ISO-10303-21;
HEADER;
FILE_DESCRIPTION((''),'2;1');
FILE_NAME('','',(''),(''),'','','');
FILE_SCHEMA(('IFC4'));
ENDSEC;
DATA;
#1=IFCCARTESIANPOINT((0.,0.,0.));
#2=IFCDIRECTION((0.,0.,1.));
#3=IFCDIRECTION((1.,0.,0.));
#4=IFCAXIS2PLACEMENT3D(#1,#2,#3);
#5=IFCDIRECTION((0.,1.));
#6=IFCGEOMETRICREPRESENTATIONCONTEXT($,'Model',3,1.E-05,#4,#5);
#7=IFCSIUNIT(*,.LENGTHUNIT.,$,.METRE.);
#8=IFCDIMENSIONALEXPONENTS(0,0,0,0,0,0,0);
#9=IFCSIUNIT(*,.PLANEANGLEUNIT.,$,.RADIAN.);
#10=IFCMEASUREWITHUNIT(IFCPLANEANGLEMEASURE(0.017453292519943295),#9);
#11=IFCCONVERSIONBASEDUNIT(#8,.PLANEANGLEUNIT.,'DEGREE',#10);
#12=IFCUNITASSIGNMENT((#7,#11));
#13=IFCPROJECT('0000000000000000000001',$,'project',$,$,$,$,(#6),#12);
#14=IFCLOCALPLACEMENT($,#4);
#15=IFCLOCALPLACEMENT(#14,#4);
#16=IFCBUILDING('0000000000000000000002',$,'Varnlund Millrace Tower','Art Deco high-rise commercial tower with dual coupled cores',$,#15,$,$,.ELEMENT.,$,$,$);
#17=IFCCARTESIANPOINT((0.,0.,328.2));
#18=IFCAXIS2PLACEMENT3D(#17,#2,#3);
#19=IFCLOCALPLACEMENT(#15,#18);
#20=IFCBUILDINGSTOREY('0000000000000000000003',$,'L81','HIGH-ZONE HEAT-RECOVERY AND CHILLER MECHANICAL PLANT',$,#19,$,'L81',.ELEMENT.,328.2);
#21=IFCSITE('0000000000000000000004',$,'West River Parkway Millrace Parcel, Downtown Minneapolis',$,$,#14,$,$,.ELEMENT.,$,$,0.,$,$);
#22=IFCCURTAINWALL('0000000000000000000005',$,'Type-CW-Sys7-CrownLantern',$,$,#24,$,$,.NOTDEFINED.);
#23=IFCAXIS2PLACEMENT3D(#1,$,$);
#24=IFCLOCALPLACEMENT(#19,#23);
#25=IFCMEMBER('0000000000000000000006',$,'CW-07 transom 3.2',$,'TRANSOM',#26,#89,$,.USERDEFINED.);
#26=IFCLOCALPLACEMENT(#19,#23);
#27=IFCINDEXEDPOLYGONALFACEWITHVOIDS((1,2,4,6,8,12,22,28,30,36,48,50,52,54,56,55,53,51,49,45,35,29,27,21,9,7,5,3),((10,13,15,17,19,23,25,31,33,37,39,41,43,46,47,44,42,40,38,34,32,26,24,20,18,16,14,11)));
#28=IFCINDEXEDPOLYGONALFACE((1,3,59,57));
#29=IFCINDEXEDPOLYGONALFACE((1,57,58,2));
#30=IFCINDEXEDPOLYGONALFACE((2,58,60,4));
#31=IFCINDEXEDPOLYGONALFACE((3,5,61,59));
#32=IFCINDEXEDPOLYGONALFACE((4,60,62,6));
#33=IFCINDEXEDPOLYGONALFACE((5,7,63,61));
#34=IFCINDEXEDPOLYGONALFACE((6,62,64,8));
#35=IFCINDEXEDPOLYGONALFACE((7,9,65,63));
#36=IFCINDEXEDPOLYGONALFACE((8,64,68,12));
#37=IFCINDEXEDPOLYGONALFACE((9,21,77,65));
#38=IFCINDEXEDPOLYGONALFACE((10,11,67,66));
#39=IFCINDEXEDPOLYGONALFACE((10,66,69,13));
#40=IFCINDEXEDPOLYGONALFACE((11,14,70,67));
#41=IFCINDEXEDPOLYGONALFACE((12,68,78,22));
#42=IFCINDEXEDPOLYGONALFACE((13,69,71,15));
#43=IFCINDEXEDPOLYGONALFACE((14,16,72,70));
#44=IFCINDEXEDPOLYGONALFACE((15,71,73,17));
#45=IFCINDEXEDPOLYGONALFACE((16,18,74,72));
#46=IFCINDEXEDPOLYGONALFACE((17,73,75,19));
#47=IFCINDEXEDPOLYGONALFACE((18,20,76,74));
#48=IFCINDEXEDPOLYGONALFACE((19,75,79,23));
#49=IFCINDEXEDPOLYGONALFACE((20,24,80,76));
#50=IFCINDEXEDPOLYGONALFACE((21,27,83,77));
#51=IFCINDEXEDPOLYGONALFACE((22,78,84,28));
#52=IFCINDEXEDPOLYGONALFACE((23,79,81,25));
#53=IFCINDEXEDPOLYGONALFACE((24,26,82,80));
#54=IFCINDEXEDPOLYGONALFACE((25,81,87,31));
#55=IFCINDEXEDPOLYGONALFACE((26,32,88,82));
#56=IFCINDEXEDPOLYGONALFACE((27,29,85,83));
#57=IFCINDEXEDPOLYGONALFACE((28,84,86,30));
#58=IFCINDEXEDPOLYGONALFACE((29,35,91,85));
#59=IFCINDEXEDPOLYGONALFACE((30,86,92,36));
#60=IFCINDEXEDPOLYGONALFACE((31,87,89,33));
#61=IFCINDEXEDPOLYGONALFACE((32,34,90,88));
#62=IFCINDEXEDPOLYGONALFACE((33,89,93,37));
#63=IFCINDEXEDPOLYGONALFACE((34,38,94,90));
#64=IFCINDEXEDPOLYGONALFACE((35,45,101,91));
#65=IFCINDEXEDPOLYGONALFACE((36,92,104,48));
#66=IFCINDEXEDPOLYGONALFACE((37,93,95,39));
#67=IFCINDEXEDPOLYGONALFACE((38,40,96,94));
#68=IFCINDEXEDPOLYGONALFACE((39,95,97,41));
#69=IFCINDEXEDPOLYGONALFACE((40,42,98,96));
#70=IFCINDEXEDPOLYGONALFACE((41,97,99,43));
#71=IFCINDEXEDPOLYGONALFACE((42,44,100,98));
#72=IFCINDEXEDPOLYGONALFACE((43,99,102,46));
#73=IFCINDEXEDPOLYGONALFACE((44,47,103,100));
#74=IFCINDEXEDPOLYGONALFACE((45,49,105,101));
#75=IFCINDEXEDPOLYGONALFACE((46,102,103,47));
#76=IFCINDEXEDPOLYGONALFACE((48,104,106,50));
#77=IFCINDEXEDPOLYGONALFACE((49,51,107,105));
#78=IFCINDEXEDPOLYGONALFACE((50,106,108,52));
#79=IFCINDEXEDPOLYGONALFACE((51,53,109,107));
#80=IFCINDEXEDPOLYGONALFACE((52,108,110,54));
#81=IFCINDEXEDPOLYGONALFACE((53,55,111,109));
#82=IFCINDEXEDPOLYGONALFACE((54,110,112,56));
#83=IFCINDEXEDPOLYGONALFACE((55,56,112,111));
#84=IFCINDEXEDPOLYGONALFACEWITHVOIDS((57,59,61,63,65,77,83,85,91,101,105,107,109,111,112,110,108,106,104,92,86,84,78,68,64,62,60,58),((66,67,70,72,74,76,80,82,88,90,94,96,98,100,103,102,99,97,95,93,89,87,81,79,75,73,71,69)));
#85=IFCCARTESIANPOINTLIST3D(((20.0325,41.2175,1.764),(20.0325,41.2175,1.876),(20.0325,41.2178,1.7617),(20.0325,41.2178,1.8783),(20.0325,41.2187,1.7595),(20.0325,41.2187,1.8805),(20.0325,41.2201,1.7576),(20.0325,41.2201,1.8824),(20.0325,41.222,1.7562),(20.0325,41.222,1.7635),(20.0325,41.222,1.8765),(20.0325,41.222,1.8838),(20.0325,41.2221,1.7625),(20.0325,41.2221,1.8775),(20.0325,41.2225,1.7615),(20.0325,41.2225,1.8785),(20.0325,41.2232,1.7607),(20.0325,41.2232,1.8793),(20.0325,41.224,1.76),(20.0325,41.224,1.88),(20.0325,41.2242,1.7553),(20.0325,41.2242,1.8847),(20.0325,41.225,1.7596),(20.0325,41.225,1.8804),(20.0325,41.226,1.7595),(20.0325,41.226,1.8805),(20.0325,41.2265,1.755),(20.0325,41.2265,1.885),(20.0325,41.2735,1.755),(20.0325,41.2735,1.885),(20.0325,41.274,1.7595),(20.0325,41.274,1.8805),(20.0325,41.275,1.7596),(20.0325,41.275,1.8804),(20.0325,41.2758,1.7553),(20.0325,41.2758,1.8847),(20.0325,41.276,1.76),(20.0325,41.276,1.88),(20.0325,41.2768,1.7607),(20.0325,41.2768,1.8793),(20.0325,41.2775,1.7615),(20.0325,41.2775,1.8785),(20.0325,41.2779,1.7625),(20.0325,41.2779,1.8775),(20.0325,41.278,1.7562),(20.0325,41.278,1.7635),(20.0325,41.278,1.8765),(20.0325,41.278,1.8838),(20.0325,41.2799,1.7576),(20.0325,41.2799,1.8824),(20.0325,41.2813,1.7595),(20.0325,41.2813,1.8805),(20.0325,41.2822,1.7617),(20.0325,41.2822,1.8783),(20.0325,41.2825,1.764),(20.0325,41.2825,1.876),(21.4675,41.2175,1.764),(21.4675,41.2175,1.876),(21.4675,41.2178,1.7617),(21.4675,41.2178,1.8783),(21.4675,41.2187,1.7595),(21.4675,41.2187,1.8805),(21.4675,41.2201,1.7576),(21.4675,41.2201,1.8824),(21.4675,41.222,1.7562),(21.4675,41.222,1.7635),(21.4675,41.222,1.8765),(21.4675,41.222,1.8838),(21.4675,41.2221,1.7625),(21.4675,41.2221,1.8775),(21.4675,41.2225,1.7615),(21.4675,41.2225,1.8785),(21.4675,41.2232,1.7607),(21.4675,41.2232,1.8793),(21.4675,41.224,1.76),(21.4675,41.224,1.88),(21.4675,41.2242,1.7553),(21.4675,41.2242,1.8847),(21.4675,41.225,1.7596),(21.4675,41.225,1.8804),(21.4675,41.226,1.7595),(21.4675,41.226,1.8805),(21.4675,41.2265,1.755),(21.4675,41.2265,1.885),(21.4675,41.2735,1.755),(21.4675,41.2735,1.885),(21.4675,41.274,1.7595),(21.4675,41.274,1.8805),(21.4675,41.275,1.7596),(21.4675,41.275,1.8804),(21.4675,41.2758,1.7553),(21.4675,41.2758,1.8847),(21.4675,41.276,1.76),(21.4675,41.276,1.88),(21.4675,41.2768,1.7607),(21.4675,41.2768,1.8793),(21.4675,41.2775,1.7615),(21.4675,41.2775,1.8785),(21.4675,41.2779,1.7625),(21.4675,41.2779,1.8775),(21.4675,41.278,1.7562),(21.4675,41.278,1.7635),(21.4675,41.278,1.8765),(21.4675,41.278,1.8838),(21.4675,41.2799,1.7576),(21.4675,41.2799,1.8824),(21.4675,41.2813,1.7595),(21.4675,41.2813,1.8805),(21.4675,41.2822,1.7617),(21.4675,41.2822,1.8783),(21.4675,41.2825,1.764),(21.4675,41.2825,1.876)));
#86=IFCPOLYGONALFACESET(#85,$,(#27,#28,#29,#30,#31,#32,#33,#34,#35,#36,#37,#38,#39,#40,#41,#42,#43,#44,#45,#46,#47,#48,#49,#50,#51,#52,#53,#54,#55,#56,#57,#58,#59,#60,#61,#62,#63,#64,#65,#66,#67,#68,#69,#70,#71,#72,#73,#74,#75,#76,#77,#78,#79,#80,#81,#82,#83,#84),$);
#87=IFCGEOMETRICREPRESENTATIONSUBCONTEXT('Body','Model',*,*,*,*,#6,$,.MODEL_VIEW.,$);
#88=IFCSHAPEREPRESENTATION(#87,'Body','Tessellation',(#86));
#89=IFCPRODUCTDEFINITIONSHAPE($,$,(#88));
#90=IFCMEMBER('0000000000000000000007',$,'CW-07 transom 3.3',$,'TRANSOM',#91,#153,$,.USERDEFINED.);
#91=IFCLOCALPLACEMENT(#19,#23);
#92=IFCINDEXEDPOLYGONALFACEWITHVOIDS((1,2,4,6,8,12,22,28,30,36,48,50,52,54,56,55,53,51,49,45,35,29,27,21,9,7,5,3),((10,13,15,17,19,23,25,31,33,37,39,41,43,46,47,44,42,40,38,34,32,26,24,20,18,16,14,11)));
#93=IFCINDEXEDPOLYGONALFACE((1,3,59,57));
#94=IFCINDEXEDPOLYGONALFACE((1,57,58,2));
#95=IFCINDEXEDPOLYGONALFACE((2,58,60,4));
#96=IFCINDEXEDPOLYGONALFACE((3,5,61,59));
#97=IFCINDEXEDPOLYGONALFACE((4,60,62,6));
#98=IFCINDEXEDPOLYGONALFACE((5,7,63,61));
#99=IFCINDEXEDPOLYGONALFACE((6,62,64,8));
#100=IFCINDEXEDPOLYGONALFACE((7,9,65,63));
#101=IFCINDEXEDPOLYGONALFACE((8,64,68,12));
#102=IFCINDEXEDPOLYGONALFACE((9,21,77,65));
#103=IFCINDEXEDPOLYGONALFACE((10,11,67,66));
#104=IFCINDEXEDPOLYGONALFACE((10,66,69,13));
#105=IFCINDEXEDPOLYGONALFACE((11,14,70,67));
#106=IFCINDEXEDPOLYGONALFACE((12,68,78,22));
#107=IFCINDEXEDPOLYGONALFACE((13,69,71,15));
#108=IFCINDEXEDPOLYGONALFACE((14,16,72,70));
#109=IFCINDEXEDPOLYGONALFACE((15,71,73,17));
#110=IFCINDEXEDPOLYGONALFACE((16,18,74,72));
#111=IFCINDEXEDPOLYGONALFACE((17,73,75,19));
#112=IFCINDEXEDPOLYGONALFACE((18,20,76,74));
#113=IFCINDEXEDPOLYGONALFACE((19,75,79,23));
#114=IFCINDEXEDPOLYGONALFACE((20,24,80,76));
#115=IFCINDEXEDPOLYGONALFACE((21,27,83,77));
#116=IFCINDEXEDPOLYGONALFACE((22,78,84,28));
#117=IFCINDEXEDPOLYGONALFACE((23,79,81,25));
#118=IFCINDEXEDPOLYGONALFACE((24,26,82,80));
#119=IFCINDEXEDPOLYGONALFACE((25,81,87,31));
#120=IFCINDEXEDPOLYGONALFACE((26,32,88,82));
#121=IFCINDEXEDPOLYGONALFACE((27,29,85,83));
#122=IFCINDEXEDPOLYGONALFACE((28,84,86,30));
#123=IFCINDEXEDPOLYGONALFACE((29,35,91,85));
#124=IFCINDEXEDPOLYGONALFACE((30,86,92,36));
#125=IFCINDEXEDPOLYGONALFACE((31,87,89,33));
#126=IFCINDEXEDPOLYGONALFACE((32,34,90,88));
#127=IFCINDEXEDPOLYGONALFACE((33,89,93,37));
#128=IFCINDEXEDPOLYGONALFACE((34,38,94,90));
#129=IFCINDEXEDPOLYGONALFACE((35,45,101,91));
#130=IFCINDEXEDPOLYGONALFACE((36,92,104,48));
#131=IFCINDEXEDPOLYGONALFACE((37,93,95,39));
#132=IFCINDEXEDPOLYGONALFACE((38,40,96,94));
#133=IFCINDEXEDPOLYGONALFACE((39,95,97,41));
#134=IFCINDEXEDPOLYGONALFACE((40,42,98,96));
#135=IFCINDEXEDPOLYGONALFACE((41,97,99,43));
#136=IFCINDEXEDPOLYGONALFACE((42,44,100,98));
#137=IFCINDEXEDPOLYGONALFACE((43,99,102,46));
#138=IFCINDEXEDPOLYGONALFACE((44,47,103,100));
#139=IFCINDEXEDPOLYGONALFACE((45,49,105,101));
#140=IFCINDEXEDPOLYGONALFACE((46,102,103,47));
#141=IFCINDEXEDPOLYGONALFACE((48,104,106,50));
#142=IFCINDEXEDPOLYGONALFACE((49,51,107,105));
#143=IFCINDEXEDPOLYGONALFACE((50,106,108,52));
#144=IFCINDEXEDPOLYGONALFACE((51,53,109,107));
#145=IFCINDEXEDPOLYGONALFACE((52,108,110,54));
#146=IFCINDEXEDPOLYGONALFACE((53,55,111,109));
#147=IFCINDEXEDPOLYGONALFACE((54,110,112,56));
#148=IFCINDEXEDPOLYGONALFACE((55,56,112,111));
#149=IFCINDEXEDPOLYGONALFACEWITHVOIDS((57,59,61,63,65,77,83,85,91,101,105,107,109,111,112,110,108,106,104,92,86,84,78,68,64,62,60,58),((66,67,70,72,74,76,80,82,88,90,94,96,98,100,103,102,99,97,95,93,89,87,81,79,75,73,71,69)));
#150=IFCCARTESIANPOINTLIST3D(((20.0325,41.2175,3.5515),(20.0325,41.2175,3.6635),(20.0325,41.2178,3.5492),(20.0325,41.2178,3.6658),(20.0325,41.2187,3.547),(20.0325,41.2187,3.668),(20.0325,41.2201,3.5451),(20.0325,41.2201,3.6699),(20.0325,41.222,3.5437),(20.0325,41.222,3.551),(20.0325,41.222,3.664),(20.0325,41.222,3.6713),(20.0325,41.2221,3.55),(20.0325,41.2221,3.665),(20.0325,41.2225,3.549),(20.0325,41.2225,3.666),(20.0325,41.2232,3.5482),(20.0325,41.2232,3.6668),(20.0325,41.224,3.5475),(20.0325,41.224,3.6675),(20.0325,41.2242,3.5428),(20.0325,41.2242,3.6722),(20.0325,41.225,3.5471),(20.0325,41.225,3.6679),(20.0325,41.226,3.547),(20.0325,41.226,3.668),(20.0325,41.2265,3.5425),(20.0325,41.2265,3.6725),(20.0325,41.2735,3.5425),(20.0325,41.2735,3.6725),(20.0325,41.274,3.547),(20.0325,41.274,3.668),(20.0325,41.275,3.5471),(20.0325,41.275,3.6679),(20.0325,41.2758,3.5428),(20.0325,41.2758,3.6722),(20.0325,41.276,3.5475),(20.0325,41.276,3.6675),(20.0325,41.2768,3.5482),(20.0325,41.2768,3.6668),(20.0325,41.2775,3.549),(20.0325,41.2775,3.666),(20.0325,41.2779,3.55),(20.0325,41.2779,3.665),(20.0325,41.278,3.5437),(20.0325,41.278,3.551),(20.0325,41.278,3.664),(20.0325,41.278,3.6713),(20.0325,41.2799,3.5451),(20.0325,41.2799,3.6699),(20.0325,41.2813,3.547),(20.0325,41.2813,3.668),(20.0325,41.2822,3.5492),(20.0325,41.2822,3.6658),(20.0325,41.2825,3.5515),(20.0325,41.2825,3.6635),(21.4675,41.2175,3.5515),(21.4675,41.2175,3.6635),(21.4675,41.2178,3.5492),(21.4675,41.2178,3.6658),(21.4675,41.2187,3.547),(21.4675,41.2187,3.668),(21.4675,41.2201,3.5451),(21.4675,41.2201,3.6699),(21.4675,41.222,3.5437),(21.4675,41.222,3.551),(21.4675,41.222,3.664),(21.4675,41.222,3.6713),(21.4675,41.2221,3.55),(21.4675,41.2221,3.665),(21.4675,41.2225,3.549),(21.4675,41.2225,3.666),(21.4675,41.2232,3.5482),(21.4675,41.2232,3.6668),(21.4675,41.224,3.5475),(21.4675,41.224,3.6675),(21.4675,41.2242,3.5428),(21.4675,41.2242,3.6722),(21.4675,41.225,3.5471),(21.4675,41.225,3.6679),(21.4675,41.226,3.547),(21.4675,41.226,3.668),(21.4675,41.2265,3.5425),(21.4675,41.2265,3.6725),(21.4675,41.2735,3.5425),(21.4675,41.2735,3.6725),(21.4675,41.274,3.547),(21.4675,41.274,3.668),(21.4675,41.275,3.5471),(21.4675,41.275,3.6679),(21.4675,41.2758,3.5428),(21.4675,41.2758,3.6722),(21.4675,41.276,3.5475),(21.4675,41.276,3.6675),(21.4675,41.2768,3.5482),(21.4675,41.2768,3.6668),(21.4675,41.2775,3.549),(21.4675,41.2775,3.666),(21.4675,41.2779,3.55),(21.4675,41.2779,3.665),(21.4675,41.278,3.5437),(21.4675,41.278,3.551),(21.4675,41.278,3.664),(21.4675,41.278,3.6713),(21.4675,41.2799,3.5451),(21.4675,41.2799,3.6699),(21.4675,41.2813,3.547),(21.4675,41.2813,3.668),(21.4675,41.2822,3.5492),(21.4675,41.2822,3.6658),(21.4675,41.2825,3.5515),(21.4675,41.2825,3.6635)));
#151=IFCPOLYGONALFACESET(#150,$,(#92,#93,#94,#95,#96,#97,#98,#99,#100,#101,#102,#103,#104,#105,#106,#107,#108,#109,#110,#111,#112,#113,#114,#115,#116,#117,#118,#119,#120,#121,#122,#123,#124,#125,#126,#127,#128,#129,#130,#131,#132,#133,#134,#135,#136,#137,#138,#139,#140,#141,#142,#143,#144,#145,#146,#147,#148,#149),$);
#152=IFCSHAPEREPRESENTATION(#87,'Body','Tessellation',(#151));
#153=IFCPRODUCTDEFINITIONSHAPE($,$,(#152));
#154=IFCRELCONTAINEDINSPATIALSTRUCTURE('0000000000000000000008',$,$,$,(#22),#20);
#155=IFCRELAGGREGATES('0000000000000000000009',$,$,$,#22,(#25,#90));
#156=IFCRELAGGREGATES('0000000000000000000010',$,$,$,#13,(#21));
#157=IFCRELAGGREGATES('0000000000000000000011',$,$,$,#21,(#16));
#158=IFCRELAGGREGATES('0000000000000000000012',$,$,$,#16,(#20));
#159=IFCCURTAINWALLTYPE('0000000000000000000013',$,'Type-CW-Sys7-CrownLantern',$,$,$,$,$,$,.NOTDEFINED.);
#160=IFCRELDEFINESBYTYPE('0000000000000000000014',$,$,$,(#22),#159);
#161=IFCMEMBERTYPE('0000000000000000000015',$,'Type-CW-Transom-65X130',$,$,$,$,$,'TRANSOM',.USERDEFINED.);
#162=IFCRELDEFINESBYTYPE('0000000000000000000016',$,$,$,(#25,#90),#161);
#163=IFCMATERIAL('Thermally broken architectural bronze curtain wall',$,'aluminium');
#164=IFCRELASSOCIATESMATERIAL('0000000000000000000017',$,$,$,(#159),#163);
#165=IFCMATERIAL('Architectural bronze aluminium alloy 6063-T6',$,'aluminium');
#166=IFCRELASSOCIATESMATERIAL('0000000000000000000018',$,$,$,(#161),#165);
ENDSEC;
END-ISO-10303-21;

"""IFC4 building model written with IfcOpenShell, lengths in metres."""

from ifc_helpers import new_model, entity, si_unit, converted_unit, direction, frame, origin_with_axes, origin_2d_with_axis, place, context, subcontext, project, spatial, hollow_rectangle, extrude, material, material_profile, profile_set, type_object, element, aggregate, save


model = new_model("IFC4")

# Units and contexts
model_context = context("Model", 3, precision=1e-05, world=origin_with_axes(), true_north=direction((0.0, 1.0)))
body_context = subcontext(model_context, "Body", "Model", "MODEL_VIEW")
ifc_project = project(units=[si_unit("LENGTHUNIT", "METRE"), converted_unit("PLANEANGLEUNIT", "DEGREE", entity("IfcPlaneAngleMeasure", 0.017453292519943295), si_unit("PLANEANGLEUNIT", "RADIAN"), dimensions=[0, 0, 0, 0, 0, 0, 0])], contexts=[model_context])

# Site, building, storey
site_placement = place(None, origin_with_axes())
site = spatial("IfcSite", under=ifc_project, at=site_placement, Name="West River Parkway Millrace Parcel, Downtown Minneapolis", CompositionType="ELEMENT", RefElevation=0.0)
building_placement = place(site_placement, origin_with_axes())
building = spatial("IfcBuilding", under=site, at=building_placement, Name="Varnlund Millrace Tower", Description="Art Deco high-rise commercial tower with dual coupled cores", CompositionType="ELEMENT")
storey_placement = place(building_placement, frame((0.0, 0.0, 328.2), z_axis=(0.0, 0.0, 1.0), x_axis=(1.0, 0.0, 0.0)))
storey = spatial("IfcBuildingStorey", under=building, at=storey_placement, Name="L81", Description="HIGH-ZONE HEAT-RECOVERY AND CHILLER MECHANICAL PLANT", LongName="L81", CompositionType="ELEMENT", Elevation=328.2)

# Curtain wall, members
ifc_material_1 = material(Name="Thermally broken architectural bronze curtain wall", Category="aluminium")
curtain_wall_type = type_object("IfcCurtainWallType", Name="Type-CW-Sys7-CrownLantern", PredefinedType="NOTDEFINED", material=ifc_material_1)
ifc_material_2 = material(Name="Architectural bronze aluminium alloy 6063-T6", Category="aluminium")
ifc_material_profile_1 = material_profile(ifc_material_2, hollow_rectangle(XDim=0.065, YDim=0.13, WallThickness=0.0045, InnerFilletRadius=0.004, OuterFilletRadius=0.009, at=origin_2d_with_axis()), Name="Architectural bronze aluminium alloy 6063-T6")
ifc_profile_set_1 = profile_set([ifc_material_profile_1], Name="Architectural bronze aluminium alloy 6063-T6")
member_type = type_object("IfcMemberType", Name="Type-CW-Transom-65X130", ElementType="TRANSOM", PredefinedType="USERDEFINED", material=ifc_profile_set_1)
curtain_wall_1_placement = place(storey_placement, frame((17.0, 41.25, 0.0), z_axis=(0.0, 0.0, 1.0), x_axis=(1.0, 0.0, 0.0)))
curtain_wall_1 = element("IfcCurtainWall", 1, at=curtain_wall_1_placement, inside=storey, type_object=curtain_wall_type, Name="Type-CW-Sys7-CrownLantern", PredefinedType="NOTDEFINED")
member_1_placement = place(storey_placement, frame((20.0325, 41.25, 1.82), z_axis=(1.0, 0.0, 0.0), x_axis=(0.0, 1.0, 0.0)))
member_1 = element("IfcMember", 2, at=member_1_placement, type_object=member_type, Name="CW-07 transom 3.2", ObjectType="TRANSOM", PredefinedType="USERDEFINED", context=body_context, shape_type="SweptSolid", body=[
    extrude(hollow_rectangle(XDim=0.065, YDim=0.13, WallThickness=0.0045, InnerFilletRadius=0.004, OuterFilletRadius=0.009, at=origin_2d_with_axis()), origin_with_axes(), (0.0, 0.0, 1.0), 1.435),
])
member_2_placement = place(storey_placement, frame((20.0325, 41.25, 3.6075), z_axis=(1.0, 0.0, 0.0), x_axis=(0.0, 1.0, 0.0)))
member_2 = element("IfcMember", 3, at=member_2_placement, type_object=member_type, Name="CW-07 transom 3.3", ObjectType="TRANSOM", PredefinedType="USERDEFINED", context=body_context, shape_type="SweptSolid", body=[
    extrude(hollow_rectangle(XDim=0.065, YDim=0.13, WallThickness=0.0045, InnerFilletRadius=0.004, OuterFilletRadius=0.009, at=origin_2d_with_axis()), origin_with_axes(), (0.0, 0.0, 1.0), 1.435),
])

aggregate(curtain_wall_1, [member_1, member_2])

save(model, "model.ifc")
